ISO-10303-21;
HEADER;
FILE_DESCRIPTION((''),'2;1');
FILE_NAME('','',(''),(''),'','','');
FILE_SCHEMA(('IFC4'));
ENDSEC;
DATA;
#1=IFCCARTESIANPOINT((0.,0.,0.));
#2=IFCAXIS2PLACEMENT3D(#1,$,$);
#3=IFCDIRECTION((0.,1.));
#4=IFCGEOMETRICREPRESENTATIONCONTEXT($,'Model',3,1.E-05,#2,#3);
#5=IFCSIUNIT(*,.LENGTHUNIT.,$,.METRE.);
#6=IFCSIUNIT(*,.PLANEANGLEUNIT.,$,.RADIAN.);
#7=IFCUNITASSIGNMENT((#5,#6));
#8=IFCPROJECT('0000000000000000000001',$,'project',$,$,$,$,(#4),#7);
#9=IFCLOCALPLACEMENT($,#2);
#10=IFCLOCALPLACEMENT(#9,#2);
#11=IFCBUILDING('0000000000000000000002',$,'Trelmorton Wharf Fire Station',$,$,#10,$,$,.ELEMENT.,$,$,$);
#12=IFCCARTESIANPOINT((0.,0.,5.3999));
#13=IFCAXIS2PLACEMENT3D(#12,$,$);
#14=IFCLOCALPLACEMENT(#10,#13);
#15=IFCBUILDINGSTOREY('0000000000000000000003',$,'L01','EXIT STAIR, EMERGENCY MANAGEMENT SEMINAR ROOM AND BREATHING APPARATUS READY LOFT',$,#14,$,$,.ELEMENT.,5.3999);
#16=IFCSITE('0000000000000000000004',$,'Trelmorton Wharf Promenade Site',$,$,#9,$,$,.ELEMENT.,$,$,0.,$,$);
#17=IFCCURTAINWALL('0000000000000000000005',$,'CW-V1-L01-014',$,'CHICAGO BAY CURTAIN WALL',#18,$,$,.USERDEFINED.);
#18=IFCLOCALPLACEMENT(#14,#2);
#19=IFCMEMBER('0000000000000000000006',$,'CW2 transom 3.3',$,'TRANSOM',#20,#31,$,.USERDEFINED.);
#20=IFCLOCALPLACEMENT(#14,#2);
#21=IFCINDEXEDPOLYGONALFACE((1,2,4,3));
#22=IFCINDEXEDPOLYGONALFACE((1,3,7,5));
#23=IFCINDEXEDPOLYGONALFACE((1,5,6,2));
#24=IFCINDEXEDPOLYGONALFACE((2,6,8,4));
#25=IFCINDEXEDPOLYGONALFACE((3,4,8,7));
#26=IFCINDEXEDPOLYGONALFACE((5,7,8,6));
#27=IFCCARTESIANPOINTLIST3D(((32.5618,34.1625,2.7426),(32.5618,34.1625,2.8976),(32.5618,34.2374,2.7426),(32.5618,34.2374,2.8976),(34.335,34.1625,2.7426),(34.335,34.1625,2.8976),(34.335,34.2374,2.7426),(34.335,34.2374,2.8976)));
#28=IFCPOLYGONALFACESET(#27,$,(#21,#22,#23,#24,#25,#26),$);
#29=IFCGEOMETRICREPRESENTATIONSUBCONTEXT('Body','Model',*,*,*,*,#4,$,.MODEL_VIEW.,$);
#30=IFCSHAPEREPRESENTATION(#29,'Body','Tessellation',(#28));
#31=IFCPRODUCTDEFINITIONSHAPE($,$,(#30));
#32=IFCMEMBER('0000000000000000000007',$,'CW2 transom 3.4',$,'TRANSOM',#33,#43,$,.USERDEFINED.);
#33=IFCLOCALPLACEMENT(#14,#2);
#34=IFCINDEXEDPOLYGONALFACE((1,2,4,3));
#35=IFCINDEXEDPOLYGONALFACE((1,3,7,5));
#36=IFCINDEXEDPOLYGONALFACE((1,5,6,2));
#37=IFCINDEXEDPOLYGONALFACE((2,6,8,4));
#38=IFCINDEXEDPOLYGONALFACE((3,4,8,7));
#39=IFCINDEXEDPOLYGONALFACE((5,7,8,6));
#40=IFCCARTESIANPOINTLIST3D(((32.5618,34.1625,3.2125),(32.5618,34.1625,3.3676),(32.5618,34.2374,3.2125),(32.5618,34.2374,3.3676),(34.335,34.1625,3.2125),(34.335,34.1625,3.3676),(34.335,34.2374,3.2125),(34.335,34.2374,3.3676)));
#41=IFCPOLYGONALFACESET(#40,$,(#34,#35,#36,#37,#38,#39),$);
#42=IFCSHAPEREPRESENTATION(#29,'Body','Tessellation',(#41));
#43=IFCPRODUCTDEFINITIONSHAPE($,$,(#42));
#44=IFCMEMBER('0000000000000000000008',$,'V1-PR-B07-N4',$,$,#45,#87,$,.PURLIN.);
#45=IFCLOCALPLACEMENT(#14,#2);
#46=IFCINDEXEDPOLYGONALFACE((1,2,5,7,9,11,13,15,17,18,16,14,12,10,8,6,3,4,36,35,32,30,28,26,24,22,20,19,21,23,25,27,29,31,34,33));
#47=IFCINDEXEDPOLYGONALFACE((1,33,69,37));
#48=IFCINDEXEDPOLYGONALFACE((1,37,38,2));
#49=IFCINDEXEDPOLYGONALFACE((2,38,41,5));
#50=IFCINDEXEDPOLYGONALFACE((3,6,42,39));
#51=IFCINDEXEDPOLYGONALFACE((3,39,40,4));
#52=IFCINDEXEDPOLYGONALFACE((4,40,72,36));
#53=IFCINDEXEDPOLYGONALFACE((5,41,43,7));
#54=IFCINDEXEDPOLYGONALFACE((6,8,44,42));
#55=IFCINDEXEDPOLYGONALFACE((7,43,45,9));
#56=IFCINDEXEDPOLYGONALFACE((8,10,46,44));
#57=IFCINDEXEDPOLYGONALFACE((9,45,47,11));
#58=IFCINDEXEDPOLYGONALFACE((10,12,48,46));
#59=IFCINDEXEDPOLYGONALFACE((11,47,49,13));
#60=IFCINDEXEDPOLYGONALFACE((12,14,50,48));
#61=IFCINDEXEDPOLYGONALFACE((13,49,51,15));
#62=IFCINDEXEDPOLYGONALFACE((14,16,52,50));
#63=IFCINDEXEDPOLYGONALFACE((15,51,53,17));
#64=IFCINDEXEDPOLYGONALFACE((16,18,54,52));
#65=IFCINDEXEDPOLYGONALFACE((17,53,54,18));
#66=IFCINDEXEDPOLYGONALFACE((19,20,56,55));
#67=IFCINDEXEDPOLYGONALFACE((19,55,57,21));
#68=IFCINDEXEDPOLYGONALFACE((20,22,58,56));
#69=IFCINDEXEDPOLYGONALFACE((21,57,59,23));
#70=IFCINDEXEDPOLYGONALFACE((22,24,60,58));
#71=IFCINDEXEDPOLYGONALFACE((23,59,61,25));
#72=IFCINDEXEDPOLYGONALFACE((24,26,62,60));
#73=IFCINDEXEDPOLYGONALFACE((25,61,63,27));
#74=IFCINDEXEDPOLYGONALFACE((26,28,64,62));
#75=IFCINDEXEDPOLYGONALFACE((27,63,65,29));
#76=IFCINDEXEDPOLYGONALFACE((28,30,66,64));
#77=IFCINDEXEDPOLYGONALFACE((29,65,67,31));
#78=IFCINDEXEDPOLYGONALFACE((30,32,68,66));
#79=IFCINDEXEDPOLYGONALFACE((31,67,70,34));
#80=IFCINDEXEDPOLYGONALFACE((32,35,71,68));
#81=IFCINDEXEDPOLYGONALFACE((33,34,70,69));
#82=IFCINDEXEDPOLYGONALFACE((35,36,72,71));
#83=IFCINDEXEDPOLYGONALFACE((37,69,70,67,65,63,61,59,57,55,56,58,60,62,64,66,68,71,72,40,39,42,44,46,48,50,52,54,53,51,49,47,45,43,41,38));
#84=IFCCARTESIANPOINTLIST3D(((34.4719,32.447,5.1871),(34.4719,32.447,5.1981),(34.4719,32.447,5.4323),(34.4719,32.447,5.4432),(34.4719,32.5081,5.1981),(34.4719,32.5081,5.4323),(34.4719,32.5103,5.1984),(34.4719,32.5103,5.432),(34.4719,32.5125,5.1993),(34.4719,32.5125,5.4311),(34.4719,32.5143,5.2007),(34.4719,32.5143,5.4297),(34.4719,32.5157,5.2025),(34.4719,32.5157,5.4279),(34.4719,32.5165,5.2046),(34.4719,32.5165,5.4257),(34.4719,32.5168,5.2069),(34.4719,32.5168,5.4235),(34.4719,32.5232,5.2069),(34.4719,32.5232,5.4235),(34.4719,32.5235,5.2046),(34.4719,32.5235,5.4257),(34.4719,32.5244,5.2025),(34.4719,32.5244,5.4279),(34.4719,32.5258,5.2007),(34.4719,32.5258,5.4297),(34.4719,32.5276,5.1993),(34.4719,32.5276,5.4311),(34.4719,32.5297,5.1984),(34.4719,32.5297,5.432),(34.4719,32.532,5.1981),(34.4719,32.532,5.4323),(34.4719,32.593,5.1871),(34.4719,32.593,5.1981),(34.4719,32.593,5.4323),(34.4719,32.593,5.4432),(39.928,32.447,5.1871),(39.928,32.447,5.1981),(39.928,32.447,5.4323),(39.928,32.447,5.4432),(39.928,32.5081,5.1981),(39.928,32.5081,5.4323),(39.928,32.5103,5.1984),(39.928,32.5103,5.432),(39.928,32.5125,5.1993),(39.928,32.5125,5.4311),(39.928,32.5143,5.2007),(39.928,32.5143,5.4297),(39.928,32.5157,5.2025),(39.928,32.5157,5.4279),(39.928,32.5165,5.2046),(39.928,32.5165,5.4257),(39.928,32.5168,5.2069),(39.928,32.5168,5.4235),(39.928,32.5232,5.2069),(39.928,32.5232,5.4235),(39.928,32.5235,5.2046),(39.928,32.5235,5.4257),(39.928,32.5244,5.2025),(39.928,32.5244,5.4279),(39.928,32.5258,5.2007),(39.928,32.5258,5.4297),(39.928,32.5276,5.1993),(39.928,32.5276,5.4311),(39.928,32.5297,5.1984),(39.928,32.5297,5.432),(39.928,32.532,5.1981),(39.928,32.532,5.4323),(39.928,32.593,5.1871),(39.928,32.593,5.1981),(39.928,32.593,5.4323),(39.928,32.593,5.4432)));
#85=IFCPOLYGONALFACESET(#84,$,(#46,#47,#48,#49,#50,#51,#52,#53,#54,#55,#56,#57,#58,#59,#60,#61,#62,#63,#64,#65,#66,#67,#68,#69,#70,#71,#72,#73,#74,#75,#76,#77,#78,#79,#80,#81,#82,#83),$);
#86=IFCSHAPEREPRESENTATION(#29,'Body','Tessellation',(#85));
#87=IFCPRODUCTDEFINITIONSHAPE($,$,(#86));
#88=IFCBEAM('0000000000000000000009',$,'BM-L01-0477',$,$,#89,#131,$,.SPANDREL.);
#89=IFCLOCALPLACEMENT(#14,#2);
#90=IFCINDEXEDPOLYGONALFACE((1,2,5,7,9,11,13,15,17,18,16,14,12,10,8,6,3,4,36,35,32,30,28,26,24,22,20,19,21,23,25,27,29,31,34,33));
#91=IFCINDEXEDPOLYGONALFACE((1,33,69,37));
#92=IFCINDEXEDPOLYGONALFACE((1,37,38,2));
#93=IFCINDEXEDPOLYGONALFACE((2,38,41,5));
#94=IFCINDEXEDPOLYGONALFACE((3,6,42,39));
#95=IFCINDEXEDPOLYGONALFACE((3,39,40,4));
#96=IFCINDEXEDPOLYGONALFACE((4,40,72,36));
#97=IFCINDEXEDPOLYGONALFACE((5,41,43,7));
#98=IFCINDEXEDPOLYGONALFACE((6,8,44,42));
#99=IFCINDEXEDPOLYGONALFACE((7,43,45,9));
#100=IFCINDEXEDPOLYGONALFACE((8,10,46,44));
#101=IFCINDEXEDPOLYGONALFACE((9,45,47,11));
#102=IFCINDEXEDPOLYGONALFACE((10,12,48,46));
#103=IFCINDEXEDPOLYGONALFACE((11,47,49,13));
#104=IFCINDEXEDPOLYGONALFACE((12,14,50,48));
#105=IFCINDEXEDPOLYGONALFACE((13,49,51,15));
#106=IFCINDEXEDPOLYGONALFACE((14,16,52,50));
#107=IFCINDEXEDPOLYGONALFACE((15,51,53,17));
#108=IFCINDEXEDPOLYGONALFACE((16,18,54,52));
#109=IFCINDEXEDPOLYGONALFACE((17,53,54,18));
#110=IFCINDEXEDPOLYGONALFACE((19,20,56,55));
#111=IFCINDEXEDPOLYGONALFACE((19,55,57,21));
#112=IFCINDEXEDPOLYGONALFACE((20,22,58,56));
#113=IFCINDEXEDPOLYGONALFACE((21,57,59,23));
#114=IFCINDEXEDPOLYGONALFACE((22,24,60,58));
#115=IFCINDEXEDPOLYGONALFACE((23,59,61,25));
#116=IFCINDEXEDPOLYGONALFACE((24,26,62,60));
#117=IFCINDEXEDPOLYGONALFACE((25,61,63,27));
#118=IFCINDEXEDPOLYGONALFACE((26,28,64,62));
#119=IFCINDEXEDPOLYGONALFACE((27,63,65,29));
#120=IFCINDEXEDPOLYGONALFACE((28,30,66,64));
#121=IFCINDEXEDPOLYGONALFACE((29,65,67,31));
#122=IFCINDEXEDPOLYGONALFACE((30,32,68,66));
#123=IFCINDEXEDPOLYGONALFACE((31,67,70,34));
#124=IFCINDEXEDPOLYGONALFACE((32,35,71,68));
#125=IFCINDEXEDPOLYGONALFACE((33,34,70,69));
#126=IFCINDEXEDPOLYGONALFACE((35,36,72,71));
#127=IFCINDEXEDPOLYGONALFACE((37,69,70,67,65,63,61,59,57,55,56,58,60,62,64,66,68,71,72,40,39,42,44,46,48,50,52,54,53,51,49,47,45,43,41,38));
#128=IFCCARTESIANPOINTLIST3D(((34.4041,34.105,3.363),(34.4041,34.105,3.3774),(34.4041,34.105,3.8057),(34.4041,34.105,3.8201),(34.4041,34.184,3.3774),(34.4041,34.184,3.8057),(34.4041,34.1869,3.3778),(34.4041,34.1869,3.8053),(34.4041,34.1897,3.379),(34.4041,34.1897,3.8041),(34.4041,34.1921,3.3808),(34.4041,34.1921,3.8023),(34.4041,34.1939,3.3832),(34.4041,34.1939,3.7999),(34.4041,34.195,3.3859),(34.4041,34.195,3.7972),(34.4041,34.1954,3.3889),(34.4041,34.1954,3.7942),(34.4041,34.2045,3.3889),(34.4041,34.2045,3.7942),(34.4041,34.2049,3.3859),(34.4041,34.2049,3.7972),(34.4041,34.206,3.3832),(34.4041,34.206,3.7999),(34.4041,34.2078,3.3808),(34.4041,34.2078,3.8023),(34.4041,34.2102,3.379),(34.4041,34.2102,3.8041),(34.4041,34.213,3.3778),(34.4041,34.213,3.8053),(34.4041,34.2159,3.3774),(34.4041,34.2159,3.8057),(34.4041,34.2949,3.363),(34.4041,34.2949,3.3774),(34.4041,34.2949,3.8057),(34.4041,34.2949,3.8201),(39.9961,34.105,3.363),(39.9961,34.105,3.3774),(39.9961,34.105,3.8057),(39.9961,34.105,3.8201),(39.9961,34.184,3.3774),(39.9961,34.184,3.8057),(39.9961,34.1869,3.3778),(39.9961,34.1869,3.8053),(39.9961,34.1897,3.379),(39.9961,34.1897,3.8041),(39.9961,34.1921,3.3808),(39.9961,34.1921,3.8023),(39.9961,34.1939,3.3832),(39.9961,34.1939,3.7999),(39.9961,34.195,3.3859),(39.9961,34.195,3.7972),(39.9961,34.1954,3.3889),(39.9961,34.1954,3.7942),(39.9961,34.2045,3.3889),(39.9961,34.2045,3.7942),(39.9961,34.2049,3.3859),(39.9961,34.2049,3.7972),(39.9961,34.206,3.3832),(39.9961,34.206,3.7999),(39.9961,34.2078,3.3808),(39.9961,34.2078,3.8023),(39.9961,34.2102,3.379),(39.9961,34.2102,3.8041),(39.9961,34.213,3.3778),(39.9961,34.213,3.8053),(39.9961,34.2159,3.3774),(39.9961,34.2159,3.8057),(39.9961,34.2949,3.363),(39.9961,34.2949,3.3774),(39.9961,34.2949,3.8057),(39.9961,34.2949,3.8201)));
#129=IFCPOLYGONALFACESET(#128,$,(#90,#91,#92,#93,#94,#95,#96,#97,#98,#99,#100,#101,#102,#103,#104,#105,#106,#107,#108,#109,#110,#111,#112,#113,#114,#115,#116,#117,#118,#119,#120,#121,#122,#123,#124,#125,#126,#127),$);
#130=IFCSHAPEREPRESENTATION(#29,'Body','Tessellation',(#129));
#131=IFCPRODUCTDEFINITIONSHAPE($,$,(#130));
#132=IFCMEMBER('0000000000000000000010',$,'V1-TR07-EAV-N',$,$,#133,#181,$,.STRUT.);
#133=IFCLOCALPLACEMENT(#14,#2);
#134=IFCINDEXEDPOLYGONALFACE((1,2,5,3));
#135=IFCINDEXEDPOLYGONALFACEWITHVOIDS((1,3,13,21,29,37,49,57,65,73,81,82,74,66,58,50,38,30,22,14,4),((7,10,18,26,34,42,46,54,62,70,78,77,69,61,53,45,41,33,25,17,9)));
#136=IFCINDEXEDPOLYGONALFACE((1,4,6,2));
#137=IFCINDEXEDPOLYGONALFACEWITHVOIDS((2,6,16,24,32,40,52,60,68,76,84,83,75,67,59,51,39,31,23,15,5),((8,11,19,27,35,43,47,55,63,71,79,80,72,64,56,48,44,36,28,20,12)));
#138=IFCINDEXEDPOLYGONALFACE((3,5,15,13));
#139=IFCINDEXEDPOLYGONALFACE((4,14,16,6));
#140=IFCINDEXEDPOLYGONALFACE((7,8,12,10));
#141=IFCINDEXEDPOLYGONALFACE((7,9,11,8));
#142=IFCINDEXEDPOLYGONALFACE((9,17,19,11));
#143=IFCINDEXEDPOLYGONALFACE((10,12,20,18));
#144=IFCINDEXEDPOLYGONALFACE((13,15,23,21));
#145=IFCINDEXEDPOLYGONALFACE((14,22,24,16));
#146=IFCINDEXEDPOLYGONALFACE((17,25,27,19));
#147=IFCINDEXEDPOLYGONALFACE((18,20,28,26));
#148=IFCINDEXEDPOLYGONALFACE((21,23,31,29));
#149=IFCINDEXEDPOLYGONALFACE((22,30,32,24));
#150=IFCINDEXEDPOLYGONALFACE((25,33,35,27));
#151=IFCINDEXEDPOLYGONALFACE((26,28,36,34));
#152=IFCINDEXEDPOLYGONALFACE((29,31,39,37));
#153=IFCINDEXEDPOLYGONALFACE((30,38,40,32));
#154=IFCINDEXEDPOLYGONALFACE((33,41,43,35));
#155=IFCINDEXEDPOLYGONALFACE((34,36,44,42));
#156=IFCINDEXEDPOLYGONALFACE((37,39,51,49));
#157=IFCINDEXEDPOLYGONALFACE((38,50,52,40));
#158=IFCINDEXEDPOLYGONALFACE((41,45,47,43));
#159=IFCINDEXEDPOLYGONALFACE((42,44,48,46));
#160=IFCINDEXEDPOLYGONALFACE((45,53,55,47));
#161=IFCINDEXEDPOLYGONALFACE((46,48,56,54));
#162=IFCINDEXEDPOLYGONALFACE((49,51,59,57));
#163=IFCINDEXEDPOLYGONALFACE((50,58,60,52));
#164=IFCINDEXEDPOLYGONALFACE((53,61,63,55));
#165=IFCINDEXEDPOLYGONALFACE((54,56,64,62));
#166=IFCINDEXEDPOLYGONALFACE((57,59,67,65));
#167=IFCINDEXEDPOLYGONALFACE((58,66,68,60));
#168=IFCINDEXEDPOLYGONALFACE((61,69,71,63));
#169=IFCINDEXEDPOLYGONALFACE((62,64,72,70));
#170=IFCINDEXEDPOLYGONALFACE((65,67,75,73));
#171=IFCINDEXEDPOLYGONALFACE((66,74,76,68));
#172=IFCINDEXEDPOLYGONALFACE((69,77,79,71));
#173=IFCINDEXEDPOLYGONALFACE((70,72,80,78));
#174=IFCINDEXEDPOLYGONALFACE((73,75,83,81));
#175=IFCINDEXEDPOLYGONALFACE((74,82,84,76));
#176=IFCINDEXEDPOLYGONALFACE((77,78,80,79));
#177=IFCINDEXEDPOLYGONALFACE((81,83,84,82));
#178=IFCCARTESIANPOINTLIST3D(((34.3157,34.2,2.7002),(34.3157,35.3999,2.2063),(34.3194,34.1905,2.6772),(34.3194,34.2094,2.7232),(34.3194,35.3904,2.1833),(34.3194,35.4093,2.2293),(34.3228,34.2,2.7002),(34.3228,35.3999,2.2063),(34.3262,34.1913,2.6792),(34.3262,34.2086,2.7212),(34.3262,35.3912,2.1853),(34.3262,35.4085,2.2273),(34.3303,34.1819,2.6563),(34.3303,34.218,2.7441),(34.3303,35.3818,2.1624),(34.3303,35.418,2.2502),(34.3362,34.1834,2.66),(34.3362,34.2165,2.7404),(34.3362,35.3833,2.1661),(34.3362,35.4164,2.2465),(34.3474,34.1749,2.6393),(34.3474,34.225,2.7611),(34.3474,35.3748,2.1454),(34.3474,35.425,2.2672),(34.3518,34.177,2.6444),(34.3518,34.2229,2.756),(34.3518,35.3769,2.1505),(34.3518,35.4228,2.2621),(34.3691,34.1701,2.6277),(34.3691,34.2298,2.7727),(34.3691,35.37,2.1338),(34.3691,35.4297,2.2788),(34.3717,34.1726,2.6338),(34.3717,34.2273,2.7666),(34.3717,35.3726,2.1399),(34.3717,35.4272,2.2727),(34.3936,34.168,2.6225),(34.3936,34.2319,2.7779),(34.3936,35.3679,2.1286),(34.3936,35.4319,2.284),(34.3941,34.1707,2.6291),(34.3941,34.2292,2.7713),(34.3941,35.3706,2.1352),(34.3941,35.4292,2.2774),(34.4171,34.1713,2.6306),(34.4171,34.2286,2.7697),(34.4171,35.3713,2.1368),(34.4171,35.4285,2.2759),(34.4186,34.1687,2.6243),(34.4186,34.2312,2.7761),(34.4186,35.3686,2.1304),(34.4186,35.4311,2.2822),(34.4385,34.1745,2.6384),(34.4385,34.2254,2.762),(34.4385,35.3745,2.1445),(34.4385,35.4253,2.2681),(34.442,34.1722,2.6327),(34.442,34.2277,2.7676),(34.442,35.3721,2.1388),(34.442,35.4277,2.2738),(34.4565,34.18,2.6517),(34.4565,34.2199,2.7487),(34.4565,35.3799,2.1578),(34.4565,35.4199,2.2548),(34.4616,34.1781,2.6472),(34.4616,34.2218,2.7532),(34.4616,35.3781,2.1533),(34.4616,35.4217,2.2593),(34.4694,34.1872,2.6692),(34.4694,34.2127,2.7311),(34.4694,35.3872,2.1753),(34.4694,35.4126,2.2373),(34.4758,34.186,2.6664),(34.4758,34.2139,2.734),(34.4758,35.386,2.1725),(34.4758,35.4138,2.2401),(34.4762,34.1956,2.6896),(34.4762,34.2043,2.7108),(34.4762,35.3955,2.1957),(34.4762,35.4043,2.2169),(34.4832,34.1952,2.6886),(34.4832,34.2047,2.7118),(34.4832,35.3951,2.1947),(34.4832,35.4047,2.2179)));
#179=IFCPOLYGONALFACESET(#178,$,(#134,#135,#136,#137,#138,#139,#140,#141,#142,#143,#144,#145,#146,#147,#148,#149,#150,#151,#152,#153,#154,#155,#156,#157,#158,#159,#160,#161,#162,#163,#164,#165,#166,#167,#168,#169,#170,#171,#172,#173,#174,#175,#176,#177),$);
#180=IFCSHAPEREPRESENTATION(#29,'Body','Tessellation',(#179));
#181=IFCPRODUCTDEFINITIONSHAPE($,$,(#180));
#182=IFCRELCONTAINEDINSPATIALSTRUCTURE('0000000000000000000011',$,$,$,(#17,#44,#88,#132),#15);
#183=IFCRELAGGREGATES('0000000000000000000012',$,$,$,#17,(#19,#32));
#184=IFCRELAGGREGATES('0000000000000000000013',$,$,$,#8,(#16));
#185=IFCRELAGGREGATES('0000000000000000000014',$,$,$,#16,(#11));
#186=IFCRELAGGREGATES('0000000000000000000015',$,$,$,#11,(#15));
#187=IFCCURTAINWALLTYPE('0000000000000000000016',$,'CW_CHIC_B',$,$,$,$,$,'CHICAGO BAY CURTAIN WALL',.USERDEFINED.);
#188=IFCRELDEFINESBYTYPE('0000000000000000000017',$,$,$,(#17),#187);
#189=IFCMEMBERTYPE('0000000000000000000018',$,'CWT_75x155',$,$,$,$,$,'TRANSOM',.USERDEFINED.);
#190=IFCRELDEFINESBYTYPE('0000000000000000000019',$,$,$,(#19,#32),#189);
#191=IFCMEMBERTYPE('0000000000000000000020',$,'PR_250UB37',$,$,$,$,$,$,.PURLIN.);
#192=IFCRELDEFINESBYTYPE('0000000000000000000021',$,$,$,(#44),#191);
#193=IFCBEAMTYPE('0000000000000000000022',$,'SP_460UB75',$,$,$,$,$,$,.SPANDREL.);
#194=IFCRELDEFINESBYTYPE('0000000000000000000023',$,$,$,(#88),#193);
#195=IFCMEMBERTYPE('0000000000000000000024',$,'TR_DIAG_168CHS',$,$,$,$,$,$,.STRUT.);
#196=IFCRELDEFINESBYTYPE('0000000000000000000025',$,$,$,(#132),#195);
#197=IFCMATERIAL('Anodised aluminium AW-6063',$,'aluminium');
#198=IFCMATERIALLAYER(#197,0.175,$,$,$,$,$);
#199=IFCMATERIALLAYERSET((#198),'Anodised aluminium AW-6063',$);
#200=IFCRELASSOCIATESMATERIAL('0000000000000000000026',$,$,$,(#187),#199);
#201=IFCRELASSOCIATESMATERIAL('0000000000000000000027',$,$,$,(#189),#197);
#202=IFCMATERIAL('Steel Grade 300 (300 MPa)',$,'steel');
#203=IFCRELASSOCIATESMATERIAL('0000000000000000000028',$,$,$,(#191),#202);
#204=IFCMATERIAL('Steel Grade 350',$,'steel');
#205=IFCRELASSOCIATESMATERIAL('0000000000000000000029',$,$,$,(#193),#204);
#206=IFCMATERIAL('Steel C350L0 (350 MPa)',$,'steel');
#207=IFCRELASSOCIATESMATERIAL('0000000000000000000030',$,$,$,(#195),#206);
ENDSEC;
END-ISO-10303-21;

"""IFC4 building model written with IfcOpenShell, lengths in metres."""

from ifc_helpers import new_model, si_unit, direction, frame, origin, origin_2d, place, context, subcontext, project, spatial, rectangle, hollow_circle, i_section, extrude, material, layer, layer_set, material_profile, profile_set, type_object, element, aggregate, save


model = new_model("IFC4")

# Units and contexts
model_context = context("Model", 3, precision=1e-05, world=origin(), true_north=direction((0.0, 1.0)))
body_context = subcontext(model_context, "Body", "Model", "MODEL_VIEW")
ifc_project = project(units=[si_unit("LENGTHUNIT", "METRE"), si_unit("PLANEANGLEUNIT", "RADIAN")], contexts=[model_context])

# Site, building, storey
site_placement = place(None, origin())
site = spatial("IfcSite", under=ifc_project, at=site_placement, Name="Trelmorton Wharf Promenade Site", CompositionType="ELEMENT", RefElevation=0.0)
building_placement = place(site_placement, origin())
building = spatial("IfcBuilding", under=site, at=building_placement, Name="Trelmorton Wharf Fire Station", CompositionType="ELEMENT")
storey_placement = place(building_placement, frame((0.0, 0.0, 5.3999)))
storey = spatial("IfcBuildingStorey", under=building, at=storey_placement, Name="L01", Description="EXIT STAIR, EMERGENCY MANAGEMENT SEMINAR ROOM AND BREATHING APPARATUS READY LOFT", CompositionType="ELEMENT", Elevation=5.3999)

# Shared definitions
ifc_material_1 = material(Name="Steel Grade 350", Category="steel")

# Shared definitions
ifc_material_2 = material(Name="Anodised aluminium AW-6063", Category="aluminium")
ifc_layer_1 = layer(ifc_material_2, 0.175)
ifc_layer_set_1 = layer_set([ifc_layer_1], Name="Anodised aluminium AW-6063")
curtain_wall_type = type_object("IfcCurtainWallType", Name="CW_CHIC_B", ElementType="CHICAGO BAY CURTAIN WALL", PredefinedType="USERDEFINED", material=ifc_layer_set_1)

# Curtain wall
curtain_wall_1_placement = place(storey_placement, origin())
curtain_wall_1 = element("IfcCurtainWall", 1, at=curtain_wall_1_placement, inside=storey, type_object=curtain_wall_type, Name="CW-V1-L01-014", ObjectType="CHICAGO BAY CURTAIN WALL", PredefinedType="USERDEFINED")

# Members
ifc_material_profile_1 = material_profile(ifc_material_2, rectangle(XDim=0.075, YDim=0.155, at=origin_2d()), Name="ALU-75x155")
ifc_profile_set_1 = profile_set([ifc_material_profile_1], Name="Anodised aluminium AW-6063")
member_type_1 = type_object("IfcMemberType", Name="CWT_75x155", ElementType="TRANSOM", PredefinedType="USERDEFINED", material=ifc_profile_set_1)
member_1_placement = place(storey_placement, frame((32.5618, 34.2, 2.8201), z_axis=(1.0, 0.0, 0.0), x_axis=(0.0, 1.0, 0.0)))
member_1 = element("IfcMember", 2, at=member_1_placement, type_object=member_type_1, Name="CW2 transom 3.3", ObjectType="TRANSOM", PredefinedType="USERDEFINED", context=body_context, shape_type="SweptSolid", body=[
    extrude(rectangle(XDim=0.075, YDim=0.155, at=origin_2d()), origin(), (0.0, 0.0, 1.0), 1.7732),
])
member_2_placement = place(storey_placement, frame((32.5618, 34.2, 3.29), z_axis=(1.0, 0.0, 0.0), x_axis=(0.0, 1.0, 0.0)))
member_2 = element("IfcMember", 3, at=member_2_placement, type_object=member_type_1, Name="CW2 transom 3.4", ObjectType="TRANSOM", PredefinedType="USERDEFINED", context=body_context, shape_type="SweptSolid", body=[
    extrude(rectangle(XDim=0.075, YDim=0.155, at=origin_2d()), origin(), (0.0, 0.0, 1.0), 1.7732),
])
ifc_material_3 = material(Name="Steel Grade 300 (300 MPa)", Category="steel")
ifc_material_profile_2 = material_profile(ifc_material_3, i_section(OverallWidth=0.146, OverallDepth=0.2561, WebThickness=0.0063, FlangeThickness=0.011, FilletRadius=0.0088, at=origin_2d()), Name="250UB37.3")
ifc_profile_set_2 = profile_set([ifc_material_profile_2], Name="Steel Grade 300 (300 MPa)")
member_type_2 = type_object("IfcMemberType", Name="PR_250UB37", PredefinedType="PURLIN", material=ifc_profile_set_2)
member_3_placement = place(storey_placement, frame((34.4719, 32.52, 5.3152), z_axis=(1.0, 0.0, 0.0), x_axis=(0.0, 1.0, 0.0)))
element("IfcMember", 4, at=member_3_placement, inside=storey, type_object=member_type_2, Name="V1-PR-B07-N4", PredefinedType="PURLIN", context=body_context, shape_type="SweptSolid", body=[
    extrude(i_section(OverallWidth=0.146, OverallDepth=0.2561, WebThickness=0.0063, FlangeThickness=0.011, FilletRadius=0.0088, at=origin_2d()), origin(), (0.0, 0.0, 1.0), 5.4561),
])

# Beam
ifc_material_profile_3 = material_profile(ifc_material_1, i_section(OverallWidth=0.1899, OverallDepth=0.457, WebThickness=0.009, FlangeThickness=0.0144, FilletRadius=0.0115, at=origin_2d()), Name="460UB74.6")
ifc_profile_set_3 = profile_set([ifc_material_profile_3], Name="Steel Grade 350")
beam_type = type_object("IfcBeamType", Name="SP_460UB75", PredefinedType="SPANDREL", material=ifc_profile_set_3)
beam_placement = place(storey_placement, frame((34.4041, 34.2, 3.5916), z_axis=(1.0, 0.0, 0.0), x_axis=(0.0, 1.0, 0.0)))
element("IfcBeam", 5, at=beam_placement, inside=storey, type_object=beam_type, Name="BM-L01-0477", PredefinedType="SPANDREL", context=body_context, shape_type="SweptSolid", body=[
    extrude(i_section(OverallWidth=0.1899, OverallDepth=0.457, WebThickness=0.009, FlangeThickness=0.0144, FilletRadius=0.0115, at=origin_2d()), origin(), (0.0, 0.0, 1.0), 5.592),
])

# Member
ifc_material_4 = material(Name="Steel C350L0 (350 MPa)", Category="steel")
ifc_material_profile_4 = material_profile(ifc_material_4, hollow_circle(Radius=0.0842, WallThickness=0.0071, at=origin_2d()), Name="168.3x7.1CHS")
ifc_profile_set_4 = profile_set([ifc_material_profile_4], Name="Steel C350L0 (350 MPa)")
member_type_3 = type_object("IfcMemberType", Name="TR_DIAG_168CHS", PredefinedType="STRUT", material=ifc_profile_set_4)
member_4_placement = place(storey_placement, frame((34.3999, 34.2, 2.7002), z_axis=(0.0, 0.924733, -0.380617), x_axis=(-1.0, 0.0, 0.0)))
element("IfcMember", 6, at=member_4_placement, inside=storey, type_object=member_type_3, Name="V1-TR07-EAV-N", PredefinedType="STRUT", context=body_context, shape_type="SweptSolid", body=[
    extrude(hollow_circle(Radius=0.0842, WallThickness=0.0071, at=origin_2d()), origin(), (0.0, 0.0, 1.0), 1.2976),
])

aggregate(curtain_wall_1, [member_1, member_2])

save(model, "model.ifc")
